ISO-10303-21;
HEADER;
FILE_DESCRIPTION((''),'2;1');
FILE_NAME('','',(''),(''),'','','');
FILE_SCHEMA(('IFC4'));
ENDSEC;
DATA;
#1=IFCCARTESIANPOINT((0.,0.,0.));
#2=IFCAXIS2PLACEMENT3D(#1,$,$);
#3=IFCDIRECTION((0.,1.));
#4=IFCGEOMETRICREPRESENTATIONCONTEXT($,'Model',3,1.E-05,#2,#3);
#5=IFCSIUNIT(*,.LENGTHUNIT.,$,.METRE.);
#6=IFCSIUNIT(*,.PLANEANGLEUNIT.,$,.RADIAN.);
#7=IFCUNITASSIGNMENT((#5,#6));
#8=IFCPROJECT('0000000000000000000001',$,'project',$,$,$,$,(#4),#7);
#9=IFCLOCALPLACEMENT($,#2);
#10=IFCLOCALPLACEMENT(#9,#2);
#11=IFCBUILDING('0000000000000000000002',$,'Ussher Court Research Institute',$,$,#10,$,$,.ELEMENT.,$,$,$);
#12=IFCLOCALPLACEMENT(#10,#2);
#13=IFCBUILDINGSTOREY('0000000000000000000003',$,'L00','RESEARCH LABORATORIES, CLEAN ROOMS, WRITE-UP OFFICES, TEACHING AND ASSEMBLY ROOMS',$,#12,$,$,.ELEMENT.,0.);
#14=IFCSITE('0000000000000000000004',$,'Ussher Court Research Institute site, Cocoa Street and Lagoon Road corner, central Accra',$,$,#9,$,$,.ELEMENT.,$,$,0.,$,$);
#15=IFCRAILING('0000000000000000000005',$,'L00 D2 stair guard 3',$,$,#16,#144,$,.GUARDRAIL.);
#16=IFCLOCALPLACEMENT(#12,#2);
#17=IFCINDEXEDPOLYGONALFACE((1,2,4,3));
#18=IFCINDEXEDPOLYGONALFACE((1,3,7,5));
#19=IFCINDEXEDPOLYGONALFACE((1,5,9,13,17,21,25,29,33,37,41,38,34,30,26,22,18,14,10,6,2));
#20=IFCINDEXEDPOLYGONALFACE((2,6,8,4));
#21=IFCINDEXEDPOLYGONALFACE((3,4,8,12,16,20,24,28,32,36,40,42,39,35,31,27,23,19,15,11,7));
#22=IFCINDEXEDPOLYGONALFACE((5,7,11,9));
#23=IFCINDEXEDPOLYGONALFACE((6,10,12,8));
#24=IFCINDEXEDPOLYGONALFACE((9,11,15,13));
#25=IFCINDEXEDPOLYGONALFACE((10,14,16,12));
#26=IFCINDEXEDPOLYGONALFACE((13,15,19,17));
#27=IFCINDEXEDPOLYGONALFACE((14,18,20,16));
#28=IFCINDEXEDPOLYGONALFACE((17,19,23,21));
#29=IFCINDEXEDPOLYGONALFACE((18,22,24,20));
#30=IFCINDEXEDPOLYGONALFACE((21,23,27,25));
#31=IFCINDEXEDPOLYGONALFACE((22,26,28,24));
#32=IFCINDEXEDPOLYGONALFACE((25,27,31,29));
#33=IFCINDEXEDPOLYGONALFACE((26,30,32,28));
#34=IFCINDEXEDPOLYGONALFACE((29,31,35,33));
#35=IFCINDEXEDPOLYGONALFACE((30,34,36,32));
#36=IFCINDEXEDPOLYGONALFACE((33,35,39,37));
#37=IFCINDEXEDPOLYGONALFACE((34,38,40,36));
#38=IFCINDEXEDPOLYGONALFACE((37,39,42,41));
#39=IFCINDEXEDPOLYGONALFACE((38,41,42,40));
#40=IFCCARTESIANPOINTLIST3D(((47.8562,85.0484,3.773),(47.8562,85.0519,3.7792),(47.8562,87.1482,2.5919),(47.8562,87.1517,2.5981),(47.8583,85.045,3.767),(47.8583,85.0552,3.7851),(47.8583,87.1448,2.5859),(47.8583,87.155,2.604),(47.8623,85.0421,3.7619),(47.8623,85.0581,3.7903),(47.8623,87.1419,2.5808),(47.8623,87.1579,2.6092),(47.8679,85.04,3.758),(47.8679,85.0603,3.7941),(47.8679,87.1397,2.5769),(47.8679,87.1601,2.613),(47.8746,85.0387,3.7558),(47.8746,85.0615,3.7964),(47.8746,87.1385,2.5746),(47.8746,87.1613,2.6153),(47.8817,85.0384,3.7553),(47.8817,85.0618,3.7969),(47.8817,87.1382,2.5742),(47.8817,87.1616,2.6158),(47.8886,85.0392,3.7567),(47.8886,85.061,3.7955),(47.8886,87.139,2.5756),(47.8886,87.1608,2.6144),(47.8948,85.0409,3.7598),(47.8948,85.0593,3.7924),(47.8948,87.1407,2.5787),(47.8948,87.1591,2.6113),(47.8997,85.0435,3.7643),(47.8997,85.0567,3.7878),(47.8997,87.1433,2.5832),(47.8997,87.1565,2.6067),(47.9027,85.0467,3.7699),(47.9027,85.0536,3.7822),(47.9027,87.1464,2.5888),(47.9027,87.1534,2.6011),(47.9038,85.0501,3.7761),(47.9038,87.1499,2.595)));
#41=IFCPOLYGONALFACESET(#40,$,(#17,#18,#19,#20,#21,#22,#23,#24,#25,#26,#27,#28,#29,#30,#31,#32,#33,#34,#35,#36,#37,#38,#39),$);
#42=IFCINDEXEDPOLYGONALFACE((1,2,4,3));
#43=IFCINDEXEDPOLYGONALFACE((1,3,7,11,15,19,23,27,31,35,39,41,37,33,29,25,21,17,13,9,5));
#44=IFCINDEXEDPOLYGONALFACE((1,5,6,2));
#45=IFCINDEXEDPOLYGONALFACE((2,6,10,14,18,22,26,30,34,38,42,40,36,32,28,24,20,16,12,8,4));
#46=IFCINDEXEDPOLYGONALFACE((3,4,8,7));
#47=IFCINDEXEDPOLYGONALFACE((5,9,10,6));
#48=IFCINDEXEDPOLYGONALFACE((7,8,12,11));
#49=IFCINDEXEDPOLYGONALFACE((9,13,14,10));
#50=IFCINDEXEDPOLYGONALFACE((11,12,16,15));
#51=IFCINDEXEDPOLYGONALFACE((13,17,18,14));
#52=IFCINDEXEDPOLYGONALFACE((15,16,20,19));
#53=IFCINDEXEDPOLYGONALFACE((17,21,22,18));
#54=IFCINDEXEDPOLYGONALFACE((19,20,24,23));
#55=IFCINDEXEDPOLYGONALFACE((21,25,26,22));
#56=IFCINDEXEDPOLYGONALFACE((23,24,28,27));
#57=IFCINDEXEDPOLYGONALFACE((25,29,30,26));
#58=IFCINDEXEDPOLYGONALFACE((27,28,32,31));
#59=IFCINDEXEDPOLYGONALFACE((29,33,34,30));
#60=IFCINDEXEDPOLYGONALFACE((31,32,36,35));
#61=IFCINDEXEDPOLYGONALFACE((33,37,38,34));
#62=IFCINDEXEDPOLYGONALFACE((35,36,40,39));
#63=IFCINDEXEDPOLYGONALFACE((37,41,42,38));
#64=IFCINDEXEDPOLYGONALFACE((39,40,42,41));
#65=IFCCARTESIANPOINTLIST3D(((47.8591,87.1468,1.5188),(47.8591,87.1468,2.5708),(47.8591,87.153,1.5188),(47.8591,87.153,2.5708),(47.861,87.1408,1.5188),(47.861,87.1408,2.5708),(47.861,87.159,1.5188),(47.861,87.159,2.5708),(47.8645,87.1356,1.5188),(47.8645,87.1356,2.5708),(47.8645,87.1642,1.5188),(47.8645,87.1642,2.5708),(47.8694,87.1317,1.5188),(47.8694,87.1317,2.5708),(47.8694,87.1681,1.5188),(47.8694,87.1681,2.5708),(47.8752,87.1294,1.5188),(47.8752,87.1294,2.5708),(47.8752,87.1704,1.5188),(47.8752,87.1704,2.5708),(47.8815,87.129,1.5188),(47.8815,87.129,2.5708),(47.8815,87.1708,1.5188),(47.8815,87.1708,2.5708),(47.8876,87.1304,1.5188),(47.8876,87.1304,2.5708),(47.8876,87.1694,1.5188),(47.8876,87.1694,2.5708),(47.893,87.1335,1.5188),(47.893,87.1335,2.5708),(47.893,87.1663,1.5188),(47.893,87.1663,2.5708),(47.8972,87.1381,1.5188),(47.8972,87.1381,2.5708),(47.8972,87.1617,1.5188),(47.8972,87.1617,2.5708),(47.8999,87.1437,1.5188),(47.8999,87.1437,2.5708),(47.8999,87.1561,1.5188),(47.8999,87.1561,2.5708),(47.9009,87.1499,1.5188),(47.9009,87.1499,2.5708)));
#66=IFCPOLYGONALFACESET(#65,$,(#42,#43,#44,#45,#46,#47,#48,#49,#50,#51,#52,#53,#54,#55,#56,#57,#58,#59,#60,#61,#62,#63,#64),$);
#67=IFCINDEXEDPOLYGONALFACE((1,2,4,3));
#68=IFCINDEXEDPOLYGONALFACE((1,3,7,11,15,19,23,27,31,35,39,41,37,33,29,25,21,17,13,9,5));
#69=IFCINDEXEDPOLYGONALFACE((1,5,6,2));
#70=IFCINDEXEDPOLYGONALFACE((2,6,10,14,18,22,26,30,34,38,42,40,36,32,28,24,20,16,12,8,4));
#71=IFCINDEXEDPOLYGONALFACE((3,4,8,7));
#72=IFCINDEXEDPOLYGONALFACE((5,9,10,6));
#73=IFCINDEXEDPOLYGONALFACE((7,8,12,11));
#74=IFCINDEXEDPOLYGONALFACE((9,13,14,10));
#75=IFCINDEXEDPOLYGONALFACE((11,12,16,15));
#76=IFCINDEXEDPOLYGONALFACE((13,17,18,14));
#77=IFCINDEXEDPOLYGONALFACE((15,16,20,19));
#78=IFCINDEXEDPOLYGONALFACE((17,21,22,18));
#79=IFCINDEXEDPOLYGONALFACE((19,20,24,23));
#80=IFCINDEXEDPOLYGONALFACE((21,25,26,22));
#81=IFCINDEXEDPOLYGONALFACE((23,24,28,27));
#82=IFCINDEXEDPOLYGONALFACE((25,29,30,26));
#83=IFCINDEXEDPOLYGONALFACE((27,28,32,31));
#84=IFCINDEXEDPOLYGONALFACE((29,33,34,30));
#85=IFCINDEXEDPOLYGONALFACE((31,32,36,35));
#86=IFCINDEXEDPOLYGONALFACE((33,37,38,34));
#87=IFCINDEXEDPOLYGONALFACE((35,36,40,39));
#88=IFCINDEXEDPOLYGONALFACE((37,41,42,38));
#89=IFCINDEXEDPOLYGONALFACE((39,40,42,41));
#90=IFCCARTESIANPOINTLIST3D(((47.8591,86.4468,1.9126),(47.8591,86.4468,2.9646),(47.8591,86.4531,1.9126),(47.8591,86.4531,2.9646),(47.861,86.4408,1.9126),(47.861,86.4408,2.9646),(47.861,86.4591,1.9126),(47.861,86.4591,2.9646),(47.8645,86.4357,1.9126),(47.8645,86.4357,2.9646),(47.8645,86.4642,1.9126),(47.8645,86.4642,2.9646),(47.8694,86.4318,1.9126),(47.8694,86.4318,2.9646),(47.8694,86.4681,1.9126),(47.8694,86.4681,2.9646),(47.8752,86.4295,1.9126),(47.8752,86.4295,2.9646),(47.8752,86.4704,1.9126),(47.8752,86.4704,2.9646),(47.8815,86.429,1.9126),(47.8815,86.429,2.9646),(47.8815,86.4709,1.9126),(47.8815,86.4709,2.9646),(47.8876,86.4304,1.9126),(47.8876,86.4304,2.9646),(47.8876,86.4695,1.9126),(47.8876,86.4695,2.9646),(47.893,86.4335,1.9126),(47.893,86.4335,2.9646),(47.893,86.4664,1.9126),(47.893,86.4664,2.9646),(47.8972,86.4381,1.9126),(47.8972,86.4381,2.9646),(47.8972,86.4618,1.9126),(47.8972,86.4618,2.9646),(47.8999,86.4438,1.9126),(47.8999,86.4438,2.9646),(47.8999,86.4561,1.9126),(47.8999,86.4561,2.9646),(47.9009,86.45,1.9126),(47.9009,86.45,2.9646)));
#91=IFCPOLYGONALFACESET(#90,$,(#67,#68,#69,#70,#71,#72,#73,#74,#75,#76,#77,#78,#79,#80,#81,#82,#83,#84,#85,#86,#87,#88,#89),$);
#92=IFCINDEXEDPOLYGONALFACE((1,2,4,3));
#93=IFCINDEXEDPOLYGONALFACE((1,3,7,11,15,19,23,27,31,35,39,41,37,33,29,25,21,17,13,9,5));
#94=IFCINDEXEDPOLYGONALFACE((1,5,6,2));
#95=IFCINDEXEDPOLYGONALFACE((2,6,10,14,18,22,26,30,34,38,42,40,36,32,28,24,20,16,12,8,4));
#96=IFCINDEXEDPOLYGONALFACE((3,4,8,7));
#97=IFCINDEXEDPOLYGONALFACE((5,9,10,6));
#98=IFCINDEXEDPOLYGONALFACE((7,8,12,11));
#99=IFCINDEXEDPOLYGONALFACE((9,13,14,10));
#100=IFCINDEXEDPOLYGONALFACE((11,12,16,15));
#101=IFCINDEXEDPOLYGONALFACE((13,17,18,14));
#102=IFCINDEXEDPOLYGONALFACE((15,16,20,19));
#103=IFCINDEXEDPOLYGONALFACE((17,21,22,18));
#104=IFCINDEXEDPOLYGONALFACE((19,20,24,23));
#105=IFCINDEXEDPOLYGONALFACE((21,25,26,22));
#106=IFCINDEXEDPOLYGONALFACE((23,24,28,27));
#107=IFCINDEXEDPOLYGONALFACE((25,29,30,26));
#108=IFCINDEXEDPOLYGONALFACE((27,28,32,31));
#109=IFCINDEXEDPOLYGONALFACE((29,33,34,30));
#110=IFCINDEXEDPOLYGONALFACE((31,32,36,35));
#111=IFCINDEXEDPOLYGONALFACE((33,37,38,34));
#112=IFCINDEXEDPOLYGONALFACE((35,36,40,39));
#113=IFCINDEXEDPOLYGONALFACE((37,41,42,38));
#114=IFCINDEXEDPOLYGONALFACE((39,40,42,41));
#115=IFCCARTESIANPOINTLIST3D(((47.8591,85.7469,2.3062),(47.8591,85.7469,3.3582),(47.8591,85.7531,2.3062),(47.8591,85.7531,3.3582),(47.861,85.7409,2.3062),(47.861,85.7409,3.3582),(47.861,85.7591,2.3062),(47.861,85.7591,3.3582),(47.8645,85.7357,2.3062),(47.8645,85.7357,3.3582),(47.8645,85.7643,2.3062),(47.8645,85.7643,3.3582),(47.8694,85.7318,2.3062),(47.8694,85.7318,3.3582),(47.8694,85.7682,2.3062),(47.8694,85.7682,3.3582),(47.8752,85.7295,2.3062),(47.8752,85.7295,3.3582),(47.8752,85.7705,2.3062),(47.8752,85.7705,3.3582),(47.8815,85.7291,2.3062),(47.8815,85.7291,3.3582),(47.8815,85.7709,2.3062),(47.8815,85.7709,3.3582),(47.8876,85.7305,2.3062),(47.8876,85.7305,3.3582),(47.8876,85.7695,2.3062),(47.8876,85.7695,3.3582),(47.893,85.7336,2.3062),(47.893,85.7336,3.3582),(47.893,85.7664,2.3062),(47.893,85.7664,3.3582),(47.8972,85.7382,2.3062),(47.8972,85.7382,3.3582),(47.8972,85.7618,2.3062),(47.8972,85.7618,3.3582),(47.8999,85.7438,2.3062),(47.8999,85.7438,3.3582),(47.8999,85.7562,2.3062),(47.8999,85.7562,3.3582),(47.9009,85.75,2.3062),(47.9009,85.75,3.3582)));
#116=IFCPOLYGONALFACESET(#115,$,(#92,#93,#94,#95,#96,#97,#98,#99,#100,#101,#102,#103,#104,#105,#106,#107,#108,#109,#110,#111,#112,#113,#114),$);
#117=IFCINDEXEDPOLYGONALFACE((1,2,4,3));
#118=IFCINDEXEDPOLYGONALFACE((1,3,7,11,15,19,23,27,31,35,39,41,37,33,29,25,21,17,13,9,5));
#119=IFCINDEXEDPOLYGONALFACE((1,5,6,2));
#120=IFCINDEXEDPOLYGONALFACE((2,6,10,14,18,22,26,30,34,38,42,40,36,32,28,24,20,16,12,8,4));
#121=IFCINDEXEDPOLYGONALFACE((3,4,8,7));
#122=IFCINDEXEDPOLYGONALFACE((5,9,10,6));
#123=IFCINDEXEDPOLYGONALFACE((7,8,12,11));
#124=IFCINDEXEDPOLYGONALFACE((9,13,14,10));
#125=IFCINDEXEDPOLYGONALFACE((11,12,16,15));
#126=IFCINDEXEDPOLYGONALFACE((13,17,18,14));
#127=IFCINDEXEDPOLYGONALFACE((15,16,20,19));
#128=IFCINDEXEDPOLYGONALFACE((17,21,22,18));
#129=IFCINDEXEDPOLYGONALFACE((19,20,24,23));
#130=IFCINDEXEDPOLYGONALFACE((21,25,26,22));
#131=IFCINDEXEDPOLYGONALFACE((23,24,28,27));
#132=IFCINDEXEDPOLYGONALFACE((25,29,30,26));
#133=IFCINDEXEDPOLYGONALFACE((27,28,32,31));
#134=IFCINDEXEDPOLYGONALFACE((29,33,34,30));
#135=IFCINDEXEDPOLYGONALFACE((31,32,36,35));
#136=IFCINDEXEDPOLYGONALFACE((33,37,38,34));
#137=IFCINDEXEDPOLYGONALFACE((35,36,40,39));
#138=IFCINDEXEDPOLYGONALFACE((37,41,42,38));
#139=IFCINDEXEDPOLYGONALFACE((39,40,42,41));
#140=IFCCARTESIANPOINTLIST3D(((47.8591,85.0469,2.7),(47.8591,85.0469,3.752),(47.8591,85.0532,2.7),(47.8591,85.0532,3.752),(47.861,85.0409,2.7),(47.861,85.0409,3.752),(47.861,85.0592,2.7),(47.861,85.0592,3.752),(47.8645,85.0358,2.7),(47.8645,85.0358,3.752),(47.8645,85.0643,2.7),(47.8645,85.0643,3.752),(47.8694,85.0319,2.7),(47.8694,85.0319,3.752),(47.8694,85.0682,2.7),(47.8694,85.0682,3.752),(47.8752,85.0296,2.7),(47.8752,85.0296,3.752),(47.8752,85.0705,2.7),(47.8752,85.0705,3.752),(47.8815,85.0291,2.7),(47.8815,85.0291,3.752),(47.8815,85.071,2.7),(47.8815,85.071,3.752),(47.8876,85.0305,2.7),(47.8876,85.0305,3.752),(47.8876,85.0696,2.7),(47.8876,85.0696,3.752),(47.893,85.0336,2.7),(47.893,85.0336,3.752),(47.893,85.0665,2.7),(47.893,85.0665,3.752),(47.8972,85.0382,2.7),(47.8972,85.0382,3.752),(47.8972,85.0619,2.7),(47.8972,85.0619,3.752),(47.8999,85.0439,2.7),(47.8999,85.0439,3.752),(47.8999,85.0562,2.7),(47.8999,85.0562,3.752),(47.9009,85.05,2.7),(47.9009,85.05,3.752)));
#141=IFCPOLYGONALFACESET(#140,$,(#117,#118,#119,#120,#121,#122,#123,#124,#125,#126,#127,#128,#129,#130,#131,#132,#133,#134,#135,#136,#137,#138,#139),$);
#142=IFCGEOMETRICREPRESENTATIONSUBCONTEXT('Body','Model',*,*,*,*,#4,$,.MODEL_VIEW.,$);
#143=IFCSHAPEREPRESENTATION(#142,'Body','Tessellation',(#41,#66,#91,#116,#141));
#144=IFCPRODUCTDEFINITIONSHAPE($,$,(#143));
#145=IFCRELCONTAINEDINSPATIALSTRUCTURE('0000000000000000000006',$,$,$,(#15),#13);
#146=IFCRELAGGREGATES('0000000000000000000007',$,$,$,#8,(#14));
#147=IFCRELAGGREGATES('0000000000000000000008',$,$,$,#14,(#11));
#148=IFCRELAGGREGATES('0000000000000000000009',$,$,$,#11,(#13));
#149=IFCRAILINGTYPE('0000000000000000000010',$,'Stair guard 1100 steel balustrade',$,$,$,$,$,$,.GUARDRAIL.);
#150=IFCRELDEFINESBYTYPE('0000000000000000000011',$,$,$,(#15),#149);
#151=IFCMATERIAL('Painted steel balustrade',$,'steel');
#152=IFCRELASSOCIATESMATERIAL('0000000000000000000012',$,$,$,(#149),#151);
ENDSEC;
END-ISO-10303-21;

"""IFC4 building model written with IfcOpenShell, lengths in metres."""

from ifc_helpers import new_model, si_unit, direction, frame, origin, origin_2d, place, context, subcontext, project, spatial, circle, extrude, material, type_object, element, save


model = new_model("IFC4")

# Units and contexts
model_context = context("Model", 3, precision=1e-05, world=origin(), true_north=direction((0.0, 1.0)))
body_context = subcontext(model_context, "Body", "Model", "MODEL_VIEW")
ifc_project = project(units=[si_unit("LENGTHUNIT", "METRE"), si_unit("PLANEANGLEUNIT", "RADIAN")], contexts=[model_context])

# Site, building, storey
site_placement = place(None, origin())
site = spatial("IfcSite", under=ifc_project, at=site_placement, Name="Ussher Court Research Institute site, Cocoa Street and Lagoon Road corner, central Accra", CompositionType="ELEMENT", RefElevation=0.0)
building_placement = place(site_placement, origin())
building = spatial("IfcBuilding", under=site, at=building_placement, Name="Ussher Court Research Institute", CompositionType="ELEMENT")
storey_placement = place(building_placement, origin())
storey = spatial("IfcBuildingStorey", under=building, at=storey_placement, Name="L00", Description="RESEARCH LABORATORIES, CLEAN ROOMS, WRITE-UP OFFICES, TEACHING AND ASSEMBLY ROOMS", CompositionType="ELEMENT", Elevation=0.0)

# Railing
ifc_material_1 = material(Name="Painted steel balustrade", Category="steel")
railing_type_1 = type_object("IfcRailingType", Name="Stair guard 1100 steel balustrade", PredefinedType="GUARDRAIL", material=ifc_material_1)
railing_1_placement = place(storey_placement, frame((47.8799, 87.1499, 1.5188)))
element("IfcRailing", 1, at=railing_1_placement, inside=storey, type_object=railing_type_1, Name="L00 D2 stair guard 3", PredefinedType="GUARDRAIL", context=body_context, shape_type="SweptSolid", body=[
    extrude(circle(Radius=0.0239, at=origin_2d()), frame((0.0, 0.0, 1.0762), z_axis=(0.0, -0.871578, 0.490256), x_axis=(1.0, 0.0, 0.0)), (0.0, 0.0, 1.0), 2.4092),
    extrude(circle(Radius=0.021, at=origin_2d()), origin(), (0.0, 0.0, 1.0), 1.052),
    extrude(circle(Radius=0.021, at=origin_2d()), frame((0.0, -0.7, 0.3938)), (0.0, 0.0, 1.0), 1.052),
    extrude(circle(Radius=0.021, at=origin_2d()), frame((0.0, -1.3999, 0.7874)), (0.0, 0.0, 1.0), 1.052),
    extrude(circle(Radius=0.021, at=origin_2d()), frame((0.0, -2.0999, 1.1812)), (0.0, 0.0, 1.0), 1.052),
])

save(model, "model.ifc")
